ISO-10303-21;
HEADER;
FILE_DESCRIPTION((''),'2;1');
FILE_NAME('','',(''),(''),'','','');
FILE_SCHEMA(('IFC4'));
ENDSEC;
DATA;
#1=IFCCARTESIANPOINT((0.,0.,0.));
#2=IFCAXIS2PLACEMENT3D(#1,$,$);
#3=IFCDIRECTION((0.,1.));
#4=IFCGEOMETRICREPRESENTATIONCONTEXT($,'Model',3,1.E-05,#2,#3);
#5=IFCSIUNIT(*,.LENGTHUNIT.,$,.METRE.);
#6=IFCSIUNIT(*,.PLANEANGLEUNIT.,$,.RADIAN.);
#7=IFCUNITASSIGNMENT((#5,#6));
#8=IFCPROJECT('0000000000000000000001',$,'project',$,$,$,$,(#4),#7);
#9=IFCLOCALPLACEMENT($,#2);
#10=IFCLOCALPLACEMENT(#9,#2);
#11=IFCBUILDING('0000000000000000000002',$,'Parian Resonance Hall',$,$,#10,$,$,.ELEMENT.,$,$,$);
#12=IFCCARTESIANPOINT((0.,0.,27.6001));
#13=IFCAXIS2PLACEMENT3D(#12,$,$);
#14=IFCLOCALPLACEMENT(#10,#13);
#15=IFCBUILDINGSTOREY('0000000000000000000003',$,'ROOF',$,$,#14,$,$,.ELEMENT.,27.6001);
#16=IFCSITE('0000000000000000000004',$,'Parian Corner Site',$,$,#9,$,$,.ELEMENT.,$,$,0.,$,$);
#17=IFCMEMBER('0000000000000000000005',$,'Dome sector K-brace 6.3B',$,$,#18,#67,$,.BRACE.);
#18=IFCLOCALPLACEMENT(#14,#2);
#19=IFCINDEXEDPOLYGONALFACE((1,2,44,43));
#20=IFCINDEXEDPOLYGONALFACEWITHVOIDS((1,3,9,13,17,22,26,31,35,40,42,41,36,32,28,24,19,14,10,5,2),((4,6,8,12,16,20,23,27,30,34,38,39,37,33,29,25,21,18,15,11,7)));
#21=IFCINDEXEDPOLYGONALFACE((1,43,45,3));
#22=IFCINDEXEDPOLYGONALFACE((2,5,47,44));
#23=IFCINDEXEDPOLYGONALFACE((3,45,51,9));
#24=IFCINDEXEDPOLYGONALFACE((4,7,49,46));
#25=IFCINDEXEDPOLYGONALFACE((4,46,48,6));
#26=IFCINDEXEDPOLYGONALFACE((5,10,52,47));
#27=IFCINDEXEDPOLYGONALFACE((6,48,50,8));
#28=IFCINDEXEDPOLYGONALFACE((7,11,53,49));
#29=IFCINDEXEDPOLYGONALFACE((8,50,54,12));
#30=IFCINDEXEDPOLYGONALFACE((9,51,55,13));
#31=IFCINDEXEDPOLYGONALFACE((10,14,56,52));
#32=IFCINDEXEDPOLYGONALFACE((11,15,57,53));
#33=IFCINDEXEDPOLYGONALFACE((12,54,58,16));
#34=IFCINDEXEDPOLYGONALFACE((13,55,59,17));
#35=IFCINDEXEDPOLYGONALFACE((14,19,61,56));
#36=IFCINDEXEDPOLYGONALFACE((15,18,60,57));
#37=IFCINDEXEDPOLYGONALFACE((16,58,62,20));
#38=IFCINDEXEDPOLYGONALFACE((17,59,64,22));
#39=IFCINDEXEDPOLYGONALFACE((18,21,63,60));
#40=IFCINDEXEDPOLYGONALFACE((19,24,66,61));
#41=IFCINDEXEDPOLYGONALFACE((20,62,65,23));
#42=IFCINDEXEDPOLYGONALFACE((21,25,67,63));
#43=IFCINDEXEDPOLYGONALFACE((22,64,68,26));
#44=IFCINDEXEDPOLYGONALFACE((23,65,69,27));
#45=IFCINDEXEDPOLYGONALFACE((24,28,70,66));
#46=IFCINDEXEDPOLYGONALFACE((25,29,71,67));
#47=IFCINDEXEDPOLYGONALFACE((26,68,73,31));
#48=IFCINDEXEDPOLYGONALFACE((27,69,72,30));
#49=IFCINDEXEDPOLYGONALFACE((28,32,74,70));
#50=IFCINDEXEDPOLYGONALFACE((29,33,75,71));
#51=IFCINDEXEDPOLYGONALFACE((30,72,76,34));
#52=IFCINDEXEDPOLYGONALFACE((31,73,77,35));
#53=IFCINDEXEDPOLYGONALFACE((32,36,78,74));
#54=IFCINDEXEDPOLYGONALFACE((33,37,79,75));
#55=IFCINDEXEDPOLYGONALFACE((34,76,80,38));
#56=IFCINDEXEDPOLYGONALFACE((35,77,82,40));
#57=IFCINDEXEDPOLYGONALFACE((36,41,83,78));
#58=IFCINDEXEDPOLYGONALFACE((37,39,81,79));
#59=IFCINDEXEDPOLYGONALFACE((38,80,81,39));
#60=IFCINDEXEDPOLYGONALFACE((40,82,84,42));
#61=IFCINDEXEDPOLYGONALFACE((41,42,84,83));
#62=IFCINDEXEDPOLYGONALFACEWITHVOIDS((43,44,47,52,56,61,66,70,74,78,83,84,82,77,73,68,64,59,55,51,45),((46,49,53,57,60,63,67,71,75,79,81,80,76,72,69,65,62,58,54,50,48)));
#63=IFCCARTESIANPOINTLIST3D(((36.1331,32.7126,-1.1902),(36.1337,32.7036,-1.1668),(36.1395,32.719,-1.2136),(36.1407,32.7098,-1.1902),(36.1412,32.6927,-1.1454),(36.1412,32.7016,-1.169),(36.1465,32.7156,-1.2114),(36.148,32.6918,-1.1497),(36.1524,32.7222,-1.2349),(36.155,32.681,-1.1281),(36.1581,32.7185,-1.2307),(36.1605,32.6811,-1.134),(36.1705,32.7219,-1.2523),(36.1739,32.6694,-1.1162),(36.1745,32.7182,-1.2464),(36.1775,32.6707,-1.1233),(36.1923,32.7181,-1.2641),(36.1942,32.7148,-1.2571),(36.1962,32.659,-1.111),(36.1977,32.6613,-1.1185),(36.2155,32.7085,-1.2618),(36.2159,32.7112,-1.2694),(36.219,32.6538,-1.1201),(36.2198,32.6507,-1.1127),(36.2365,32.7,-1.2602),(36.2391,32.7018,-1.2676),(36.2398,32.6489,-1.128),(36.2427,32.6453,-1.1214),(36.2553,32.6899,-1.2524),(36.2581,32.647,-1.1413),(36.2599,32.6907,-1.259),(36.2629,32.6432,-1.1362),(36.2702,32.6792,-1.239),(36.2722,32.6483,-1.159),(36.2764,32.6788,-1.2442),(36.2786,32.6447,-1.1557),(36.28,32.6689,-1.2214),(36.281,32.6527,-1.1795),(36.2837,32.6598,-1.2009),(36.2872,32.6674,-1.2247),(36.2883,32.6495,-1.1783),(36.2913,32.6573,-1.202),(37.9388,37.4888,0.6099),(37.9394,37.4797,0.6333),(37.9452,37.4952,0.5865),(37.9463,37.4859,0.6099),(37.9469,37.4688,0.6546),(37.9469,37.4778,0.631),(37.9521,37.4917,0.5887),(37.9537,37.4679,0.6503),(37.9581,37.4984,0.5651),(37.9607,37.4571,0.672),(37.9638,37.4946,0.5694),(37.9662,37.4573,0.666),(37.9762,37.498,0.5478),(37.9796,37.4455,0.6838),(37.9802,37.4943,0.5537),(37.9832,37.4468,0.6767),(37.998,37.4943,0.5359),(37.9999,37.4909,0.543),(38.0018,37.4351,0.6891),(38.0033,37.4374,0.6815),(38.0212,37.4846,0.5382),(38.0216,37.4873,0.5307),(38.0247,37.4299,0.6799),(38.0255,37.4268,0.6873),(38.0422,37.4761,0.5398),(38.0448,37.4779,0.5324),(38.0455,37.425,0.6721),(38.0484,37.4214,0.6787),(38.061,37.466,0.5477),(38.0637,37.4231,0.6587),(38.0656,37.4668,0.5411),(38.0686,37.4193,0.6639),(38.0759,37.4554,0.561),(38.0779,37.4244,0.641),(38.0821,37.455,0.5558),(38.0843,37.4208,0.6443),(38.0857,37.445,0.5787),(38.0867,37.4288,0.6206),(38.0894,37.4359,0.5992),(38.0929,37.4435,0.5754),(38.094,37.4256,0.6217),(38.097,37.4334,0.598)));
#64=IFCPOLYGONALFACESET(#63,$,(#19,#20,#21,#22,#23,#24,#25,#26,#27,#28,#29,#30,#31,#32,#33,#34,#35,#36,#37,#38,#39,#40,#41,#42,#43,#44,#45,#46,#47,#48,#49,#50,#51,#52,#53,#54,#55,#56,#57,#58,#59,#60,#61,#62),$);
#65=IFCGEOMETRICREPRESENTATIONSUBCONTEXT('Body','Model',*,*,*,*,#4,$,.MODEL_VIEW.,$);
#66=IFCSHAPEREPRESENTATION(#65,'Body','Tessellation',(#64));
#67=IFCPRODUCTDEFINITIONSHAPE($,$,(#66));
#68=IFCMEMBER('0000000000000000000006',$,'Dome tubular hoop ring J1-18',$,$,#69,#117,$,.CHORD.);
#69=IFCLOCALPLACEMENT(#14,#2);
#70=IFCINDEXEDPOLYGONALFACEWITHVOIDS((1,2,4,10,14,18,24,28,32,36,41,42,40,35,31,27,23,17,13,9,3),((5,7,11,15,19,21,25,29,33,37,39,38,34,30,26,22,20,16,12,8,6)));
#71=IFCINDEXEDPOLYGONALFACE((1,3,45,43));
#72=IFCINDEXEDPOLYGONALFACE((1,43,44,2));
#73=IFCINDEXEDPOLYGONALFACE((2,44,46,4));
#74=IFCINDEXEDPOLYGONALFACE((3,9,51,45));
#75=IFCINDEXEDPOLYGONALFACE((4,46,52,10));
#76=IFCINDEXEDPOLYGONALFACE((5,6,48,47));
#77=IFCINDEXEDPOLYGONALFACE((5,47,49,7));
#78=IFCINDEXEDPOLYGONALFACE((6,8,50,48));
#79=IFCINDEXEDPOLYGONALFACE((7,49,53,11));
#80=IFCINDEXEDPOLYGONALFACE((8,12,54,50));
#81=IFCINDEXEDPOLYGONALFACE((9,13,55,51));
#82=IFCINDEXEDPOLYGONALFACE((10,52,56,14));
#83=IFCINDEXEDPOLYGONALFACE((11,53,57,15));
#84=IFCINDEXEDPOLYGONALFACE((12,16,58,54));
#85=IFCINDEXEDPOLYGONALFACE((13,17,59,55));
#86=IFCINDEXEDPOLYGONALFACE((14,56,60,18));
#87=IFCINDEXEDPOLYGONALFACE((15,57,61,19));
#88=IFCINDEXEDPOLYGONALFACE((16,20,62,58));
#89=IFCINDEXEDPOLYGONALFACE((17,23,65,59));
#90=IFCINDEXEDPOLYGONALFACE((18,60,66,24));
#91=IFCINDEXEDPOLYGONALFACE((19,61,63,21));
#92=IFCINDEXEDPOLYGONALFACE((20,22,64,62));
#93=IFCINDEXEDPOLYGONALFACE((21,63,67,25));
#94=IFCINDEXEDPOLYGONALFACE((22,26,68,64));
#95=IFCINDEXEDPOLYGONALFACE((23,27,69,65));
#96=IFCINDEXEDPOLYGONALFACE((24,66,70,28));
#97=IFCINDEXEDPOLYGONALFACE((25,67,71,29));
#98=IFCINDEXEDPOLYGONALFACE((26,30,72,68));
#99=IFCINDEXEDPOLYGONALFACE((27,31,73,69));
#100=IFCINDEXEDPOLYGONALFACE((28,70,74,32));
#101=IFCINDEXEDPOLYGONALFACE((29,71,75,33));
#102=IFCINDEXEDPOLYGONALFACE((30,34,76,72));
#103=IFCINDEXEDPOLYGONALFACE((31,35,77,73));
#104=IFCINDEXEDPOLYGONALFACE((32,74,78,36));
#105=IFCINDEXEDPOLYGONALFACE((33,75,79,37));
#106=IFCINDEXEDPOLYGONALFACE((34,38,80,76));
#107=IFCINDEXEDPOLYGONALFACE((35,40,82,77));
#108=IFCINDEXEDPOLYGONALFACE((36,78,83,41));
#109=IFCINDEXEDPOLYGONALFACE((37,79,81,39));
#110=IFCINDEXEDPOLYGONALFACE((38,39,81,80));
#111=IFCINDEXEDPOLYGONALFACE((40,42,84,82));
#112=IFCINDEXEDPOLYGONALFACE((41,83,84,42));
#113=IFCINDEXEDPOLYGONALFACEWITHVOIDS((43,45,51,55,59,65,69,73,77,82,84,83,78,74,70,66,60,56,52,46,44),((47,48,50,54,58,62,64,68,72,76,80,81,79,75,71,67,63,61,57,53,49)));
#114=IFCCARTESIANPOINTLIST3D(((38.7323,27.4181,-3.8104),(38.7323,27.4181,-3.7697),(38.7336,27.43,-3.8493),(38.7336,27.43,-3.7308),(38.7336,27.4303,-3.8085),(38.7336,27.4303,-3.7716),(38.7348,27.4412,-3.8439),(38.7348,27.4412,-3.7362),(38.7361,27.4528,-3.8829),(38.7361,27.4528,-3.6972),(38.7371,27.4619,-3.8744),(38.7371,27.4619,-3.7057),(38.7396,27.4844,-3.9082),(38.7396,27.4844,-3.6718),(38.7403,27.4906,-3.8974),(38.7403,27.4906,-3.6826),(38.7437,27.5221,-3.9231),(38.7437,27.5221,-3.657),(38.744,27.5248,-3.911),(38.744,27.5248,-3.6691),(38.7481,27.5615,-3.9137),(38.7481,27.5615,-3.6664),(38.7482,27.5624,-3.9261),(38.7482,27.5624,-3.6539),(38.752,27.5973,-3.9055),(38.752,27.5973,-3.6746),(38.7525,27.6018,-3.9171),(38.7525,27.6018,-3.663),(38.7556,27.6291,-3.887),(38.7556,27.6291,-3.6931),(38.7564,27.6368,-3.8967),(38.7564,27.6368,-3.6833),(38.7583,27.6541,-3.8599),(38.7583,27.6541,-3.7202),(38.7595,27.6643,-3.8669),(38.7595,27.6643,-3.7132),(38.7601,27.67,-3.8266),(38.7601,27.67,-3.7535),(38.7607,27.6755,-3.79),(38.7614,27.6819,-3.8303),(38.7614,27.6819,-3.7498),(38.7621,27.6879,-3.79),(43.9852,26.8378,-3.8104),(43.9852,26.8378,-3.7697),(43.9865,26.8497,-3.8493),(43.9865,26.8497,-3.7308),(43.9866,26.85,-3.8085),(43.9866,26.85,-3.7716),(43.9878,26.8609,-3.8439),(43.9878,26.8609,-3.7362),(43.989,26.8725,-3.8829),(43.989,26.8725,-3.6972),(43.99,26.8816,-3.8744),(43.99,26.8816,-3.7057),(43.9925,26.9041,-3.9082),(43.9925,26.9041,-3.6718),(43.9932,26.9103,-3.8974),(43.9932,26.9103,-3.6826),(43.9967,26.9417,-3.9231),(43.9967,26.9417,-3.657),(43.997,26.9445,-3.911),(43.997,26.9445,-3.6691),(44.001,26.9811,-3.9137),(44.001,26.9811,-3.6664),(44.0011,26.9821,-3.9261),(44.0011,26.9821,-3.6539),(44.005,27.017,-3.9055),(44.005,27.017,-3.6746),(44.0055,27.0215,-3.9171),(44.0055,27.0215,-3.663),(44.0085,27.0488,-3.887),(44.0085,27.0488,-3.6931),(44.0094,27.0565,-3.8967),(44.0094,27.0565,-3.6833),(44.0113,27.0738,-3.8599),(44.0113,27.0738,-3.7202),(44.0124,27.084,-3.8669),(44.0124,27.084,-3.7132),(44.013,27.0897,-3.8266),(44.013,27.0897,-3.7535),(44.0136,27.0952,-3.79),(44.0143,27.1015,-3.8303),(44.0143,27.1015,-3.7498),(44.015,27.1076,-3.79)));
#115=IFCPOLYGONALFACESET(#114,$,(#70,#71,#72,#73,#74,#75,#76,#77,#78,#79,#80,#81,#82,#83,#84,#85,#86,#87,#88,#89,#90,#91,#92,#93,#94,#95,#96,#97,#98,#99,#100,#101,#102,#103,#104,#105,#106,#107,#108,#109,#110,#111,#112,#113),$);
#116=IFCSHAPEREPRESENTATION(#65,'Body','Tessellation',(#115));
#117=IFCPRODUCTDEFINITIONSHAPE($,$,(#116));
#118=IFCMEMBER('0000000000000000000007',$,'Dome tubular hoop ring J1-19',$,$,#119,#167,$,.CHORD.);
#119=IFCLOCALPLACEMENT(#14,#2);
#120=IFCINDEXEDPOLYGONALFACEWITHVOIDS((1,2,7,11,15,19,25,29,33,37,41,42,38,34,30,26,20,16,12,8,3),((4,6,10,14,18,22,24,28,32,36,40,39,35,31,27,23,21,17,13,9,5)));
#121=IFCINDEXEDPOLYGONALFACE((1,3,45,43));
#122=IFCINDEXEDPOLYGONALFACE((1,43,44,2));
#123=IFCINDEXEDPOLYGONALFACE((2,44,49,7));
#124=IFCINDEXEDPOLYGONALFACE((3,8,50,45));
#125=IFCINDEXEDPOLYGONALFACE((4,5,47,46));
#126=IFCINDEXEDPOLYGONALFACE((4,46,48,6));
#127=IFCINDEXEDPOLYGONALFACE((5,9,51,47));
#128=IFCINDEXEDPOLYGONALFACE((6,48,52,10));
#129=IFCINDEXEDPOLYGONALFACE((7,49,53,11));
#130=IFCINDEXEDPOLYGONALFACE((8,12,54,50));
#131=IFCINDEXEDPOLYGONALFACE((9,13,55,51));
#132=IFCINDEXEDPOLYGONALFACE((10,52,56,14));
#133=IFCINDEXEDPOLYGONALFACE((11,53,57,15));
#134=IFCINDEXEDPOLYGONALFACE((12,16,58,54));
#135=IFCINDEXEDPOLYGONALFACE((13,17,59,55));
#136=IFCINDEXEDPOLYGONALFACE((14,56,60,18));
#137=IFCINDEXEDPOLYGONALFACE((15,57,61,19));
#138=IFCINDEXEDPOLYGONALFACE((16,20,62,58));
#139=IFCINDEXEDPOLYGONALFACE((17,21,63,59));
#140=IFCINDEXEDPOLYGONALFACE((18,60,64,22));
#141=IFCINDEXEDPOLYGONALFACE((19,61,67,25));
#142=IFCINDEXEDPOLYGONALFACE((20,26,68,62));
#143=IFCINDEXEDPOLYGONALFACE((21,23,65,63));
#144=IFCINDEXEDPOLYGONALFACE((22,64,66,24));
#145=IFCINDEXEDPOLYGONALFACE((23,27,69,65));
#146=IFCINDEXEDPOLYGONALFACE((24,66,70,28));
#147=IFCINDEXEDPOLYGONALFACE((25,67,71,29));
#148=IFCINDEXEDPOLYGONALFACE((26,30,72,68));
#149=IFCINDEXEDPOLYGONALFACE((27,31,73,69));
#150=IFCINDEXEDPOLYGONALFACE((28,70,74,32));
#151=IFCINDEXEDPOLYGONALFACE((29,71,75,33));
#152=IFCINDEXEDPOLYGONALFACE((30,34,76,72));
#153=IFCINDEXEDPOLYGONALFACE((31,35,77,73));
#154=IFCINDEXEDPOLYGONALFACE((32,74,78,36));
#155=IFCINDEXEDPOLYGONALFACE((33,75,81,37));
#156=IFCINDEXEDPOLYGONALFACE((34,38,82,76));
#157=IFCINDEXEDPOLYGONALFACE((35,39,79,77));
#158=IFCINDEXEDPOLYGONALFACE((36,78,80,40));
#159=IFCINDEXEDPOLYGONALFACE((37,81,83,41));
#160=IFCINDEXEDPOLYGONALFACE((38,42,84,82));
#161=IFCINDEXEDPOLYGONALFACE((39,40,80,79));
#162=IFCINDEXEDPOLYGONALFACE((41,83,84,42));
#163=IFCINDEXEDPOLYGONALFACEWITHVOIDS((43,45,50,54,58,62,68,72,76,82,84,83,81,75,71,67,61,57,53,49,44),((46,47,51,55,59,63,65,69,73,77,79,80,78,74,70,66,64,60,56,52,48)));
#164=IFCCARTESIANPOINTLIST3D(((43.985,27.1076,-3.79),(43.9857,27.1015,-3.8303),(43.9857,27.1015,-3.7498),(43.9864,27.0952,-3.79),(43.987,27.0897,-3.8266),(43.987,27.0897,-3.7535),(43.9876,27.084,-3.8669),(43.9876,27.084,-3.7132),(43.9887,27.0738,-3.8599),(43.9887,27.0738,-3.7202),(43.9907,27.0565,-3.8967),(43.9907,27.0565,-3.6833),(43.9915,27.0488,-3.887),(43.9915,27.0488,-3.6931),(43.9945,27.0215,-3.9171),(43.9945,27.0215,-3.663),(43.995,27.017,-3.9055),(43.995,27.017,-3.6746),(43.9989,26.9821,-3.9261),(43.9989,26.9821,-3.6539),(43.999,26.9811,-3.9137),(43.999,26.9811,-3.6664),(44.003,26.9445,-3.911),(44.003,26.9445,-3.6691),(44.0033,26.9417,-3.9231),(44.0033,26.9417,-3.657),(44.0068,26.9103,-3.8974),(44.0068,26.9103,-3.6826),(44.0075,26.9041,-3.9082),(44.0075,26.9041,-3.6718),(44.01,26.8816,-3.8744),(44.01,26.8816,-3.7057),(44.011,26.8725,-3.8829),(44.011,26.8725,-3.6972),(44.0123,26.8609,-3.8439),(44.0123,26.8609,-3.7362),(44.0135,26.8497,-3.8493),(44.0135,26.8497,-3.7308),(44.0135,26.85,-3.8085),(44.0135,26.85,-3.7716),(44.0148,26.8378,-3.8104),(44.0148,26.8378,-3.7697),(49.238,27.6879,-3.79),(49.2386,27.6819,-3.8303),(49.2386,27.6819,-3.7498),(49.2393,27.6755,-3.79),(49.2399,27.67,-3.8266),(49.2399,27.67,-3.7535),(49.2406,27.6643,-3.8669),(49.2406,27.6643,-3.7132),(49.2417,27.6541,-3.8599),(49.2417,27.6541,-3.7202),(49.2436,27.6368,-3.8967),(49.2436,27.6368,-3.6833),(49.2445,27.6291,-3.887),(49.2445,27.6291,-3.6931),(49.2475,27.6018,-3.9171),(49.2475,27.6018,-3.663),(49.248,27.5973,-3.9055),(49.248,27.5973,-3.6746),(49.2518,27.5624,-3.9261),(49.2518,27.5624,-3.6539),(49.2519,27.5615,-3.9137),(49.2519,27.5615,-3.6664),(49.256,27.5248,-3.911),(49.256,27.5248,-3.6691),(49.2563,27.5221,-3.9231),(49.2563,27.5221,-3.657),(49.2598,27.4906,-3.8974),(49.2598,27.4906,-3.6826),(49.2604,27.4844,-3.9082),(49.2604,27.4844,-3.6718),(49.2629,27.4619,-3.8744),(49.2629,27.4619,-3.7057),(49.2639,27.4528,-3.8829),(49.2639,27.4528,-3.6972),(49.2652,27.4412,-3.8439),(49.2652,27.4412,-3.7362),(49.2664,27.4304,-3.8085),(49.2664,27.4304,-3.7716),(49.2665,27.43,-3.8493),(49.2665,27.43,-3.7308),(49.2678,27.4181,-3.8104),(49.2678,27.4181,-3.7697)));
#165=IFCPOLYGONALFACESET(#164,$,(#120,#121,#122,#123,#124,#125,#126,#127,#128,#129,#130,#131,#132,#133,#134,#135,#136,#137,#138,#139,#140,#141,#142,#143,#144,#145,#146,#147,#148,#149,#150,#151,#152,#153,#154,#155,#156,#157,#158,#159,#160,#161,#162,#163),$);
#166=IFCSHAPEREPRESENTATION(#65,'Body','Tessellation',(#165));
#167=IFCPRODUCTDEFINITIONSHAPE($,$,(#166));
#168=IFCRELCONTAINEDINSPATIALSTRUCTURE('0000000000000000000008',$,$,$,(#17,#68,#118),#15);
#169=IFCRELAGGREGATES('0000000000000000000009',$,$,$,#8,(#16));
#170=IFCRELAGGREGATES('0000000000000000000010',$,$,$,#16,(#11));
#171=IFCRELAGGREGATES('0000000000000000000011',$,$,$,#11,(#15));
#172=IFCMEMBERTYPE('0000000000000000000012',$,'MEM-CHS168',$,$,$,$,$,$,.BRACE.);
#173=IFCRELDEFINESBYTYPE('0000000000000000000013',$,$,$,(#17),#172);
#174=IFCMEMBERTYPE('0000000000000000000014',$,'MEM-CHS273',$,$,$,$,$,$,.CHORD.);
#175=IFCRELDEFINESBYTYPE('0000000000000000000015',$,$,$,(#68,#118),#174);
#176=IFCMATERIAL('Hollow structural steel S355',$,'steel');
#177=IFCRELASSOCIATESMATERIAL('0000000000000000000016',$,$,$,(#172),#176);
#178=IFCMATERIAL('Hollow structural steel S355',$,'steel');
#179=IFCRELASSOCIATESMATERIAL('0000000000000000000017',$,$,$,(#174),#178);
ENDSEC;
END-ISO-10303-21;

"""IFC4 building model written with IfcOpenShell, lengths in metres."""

from ifc_helpers import new_model, si_unit, direction, frame, origin, origin_2d, place, context, subcontext, project, spatial, hollow_circle, extrude, material, material_profile, profile_set, type_object, element, save


model = new_model("IFC4")

# Units and contexts
model_context = context("Model", 3, precision=1e-05, world=origin(), true_north=direction((0.0, 1.0)))
body_context = subcontext(model_context, "Body", "Model", "MODEL_VIEW")
ifc_project = project(units=[si_unit("LENGTHUNIT", "METRE"), si_unit("PLANEANGLEUNIT", "RADIAN")], contexts=[model_context])

# Site, building, storey
site_placement = place(None, origin())
site = spatial("IfcSite", under=ifc_project, at=site_placement, Name="Parian Corner Site", CompositionType="ELEMENT", RefElevation=0.0)
building_placement = place(site_placement, origin())
building = spatial("IfcBuilding", under=site, at=building_placement, Name="Parian Resonance Hall", CompositionType="ELEMENT")
storey_placement = place(building_placement, frame((0.0, 0.0, 27.6001)))
storey = spatial("IfcBuildingStorey", under=building, at=storey_placement, Name="ROOF", CompositionType="ELEMENT", Elevation=27.6001)

# Members
ifc_material_1 = material(Name="Hollow structural steel S355", Category="steel")
ifc_material_profile_1 = material_profile(ifc_material_1, hollow_circle(Radius=0.0842, WallThickness=0.0081, at=origin_2d()), Name="CHS168.3x8")
ifc_profile_set_1 = profile_set([ifc_material_profile_1], Name="Hollow structural steel S355")
member_type_1 = type_object("IfcMemberType", Name="MEM-CHS168", PredefinedType="BRACE", material=ifc_profile_set_1)
member_1_placement = place(storey_placement, frame((36.2119, 32.6829, -1.1902), z_axis=(0.333514, 0.882172, 0.332477), x_axis=(-0.935385, 0.353632, 0.0)))
element("IfcMember", 1, at=member_1_placement, inside=storey, type_object=member_type_1, Name="Dome sector K-brace 6.3B", PredefinedType="BRACE", context=body_context, shape_type="SweptSolid", body=[
    extrude(hollow_circle(Radius=0.0842, WallThickness=0.0081, at=origin_2d()), origin(), (0.0, 0.0, 1.0), 5.4141),
])
ifc_material_2 = material(Name="Hollow structural steel S355", Category="steel")
ifc_material_profile_2 = material_profile(ifc_material_2, hollow_circle(Radius=0.1365, WallThickness=0.0125, at=origin_2d()), Name="CHS273x12.5")
ifc_profile_set_2 = profile_set([ifc_material_profile_2], Name="Hollow structural steel S355")
member_type_2 = type_object("IfcMemberType", Name="MEM-CHS273", PredefinedType="CHORD", material=ifc_profile_set_2)
for number, where, z_axis, x_axis, name in (
    (2, (38.7471, 27.5522, -3.79), (0.993953, -0.109808, 0.0), (0.109808, 0.993953, 0.0), "Dome tubular hoop ring J1-18"),
    (3, (44.0, 26.9719, -3.79), (0.993953, 0.109808, 0.0), (-0.109808, 0.993953, 0.0), "Dome tubular hoop ring J1-19"),
):
    element("IfcMember", number, at=place(storey_placement, frame(where, z_axis=z_axis, x_axis=x_axis)), inside=storey, type_object=member_type_2, Name=name, PredefinedType="CHORD", context=body_context, shape_type="SweptSolid", body=[
        extrude(hollow_circle(Radius=0.1365, WallThickness=0.0125, at=origin_2d()), origin(), (0.0, 0.0, 1.0), 5.2849),
    ])

save(model, "model.ifc")
